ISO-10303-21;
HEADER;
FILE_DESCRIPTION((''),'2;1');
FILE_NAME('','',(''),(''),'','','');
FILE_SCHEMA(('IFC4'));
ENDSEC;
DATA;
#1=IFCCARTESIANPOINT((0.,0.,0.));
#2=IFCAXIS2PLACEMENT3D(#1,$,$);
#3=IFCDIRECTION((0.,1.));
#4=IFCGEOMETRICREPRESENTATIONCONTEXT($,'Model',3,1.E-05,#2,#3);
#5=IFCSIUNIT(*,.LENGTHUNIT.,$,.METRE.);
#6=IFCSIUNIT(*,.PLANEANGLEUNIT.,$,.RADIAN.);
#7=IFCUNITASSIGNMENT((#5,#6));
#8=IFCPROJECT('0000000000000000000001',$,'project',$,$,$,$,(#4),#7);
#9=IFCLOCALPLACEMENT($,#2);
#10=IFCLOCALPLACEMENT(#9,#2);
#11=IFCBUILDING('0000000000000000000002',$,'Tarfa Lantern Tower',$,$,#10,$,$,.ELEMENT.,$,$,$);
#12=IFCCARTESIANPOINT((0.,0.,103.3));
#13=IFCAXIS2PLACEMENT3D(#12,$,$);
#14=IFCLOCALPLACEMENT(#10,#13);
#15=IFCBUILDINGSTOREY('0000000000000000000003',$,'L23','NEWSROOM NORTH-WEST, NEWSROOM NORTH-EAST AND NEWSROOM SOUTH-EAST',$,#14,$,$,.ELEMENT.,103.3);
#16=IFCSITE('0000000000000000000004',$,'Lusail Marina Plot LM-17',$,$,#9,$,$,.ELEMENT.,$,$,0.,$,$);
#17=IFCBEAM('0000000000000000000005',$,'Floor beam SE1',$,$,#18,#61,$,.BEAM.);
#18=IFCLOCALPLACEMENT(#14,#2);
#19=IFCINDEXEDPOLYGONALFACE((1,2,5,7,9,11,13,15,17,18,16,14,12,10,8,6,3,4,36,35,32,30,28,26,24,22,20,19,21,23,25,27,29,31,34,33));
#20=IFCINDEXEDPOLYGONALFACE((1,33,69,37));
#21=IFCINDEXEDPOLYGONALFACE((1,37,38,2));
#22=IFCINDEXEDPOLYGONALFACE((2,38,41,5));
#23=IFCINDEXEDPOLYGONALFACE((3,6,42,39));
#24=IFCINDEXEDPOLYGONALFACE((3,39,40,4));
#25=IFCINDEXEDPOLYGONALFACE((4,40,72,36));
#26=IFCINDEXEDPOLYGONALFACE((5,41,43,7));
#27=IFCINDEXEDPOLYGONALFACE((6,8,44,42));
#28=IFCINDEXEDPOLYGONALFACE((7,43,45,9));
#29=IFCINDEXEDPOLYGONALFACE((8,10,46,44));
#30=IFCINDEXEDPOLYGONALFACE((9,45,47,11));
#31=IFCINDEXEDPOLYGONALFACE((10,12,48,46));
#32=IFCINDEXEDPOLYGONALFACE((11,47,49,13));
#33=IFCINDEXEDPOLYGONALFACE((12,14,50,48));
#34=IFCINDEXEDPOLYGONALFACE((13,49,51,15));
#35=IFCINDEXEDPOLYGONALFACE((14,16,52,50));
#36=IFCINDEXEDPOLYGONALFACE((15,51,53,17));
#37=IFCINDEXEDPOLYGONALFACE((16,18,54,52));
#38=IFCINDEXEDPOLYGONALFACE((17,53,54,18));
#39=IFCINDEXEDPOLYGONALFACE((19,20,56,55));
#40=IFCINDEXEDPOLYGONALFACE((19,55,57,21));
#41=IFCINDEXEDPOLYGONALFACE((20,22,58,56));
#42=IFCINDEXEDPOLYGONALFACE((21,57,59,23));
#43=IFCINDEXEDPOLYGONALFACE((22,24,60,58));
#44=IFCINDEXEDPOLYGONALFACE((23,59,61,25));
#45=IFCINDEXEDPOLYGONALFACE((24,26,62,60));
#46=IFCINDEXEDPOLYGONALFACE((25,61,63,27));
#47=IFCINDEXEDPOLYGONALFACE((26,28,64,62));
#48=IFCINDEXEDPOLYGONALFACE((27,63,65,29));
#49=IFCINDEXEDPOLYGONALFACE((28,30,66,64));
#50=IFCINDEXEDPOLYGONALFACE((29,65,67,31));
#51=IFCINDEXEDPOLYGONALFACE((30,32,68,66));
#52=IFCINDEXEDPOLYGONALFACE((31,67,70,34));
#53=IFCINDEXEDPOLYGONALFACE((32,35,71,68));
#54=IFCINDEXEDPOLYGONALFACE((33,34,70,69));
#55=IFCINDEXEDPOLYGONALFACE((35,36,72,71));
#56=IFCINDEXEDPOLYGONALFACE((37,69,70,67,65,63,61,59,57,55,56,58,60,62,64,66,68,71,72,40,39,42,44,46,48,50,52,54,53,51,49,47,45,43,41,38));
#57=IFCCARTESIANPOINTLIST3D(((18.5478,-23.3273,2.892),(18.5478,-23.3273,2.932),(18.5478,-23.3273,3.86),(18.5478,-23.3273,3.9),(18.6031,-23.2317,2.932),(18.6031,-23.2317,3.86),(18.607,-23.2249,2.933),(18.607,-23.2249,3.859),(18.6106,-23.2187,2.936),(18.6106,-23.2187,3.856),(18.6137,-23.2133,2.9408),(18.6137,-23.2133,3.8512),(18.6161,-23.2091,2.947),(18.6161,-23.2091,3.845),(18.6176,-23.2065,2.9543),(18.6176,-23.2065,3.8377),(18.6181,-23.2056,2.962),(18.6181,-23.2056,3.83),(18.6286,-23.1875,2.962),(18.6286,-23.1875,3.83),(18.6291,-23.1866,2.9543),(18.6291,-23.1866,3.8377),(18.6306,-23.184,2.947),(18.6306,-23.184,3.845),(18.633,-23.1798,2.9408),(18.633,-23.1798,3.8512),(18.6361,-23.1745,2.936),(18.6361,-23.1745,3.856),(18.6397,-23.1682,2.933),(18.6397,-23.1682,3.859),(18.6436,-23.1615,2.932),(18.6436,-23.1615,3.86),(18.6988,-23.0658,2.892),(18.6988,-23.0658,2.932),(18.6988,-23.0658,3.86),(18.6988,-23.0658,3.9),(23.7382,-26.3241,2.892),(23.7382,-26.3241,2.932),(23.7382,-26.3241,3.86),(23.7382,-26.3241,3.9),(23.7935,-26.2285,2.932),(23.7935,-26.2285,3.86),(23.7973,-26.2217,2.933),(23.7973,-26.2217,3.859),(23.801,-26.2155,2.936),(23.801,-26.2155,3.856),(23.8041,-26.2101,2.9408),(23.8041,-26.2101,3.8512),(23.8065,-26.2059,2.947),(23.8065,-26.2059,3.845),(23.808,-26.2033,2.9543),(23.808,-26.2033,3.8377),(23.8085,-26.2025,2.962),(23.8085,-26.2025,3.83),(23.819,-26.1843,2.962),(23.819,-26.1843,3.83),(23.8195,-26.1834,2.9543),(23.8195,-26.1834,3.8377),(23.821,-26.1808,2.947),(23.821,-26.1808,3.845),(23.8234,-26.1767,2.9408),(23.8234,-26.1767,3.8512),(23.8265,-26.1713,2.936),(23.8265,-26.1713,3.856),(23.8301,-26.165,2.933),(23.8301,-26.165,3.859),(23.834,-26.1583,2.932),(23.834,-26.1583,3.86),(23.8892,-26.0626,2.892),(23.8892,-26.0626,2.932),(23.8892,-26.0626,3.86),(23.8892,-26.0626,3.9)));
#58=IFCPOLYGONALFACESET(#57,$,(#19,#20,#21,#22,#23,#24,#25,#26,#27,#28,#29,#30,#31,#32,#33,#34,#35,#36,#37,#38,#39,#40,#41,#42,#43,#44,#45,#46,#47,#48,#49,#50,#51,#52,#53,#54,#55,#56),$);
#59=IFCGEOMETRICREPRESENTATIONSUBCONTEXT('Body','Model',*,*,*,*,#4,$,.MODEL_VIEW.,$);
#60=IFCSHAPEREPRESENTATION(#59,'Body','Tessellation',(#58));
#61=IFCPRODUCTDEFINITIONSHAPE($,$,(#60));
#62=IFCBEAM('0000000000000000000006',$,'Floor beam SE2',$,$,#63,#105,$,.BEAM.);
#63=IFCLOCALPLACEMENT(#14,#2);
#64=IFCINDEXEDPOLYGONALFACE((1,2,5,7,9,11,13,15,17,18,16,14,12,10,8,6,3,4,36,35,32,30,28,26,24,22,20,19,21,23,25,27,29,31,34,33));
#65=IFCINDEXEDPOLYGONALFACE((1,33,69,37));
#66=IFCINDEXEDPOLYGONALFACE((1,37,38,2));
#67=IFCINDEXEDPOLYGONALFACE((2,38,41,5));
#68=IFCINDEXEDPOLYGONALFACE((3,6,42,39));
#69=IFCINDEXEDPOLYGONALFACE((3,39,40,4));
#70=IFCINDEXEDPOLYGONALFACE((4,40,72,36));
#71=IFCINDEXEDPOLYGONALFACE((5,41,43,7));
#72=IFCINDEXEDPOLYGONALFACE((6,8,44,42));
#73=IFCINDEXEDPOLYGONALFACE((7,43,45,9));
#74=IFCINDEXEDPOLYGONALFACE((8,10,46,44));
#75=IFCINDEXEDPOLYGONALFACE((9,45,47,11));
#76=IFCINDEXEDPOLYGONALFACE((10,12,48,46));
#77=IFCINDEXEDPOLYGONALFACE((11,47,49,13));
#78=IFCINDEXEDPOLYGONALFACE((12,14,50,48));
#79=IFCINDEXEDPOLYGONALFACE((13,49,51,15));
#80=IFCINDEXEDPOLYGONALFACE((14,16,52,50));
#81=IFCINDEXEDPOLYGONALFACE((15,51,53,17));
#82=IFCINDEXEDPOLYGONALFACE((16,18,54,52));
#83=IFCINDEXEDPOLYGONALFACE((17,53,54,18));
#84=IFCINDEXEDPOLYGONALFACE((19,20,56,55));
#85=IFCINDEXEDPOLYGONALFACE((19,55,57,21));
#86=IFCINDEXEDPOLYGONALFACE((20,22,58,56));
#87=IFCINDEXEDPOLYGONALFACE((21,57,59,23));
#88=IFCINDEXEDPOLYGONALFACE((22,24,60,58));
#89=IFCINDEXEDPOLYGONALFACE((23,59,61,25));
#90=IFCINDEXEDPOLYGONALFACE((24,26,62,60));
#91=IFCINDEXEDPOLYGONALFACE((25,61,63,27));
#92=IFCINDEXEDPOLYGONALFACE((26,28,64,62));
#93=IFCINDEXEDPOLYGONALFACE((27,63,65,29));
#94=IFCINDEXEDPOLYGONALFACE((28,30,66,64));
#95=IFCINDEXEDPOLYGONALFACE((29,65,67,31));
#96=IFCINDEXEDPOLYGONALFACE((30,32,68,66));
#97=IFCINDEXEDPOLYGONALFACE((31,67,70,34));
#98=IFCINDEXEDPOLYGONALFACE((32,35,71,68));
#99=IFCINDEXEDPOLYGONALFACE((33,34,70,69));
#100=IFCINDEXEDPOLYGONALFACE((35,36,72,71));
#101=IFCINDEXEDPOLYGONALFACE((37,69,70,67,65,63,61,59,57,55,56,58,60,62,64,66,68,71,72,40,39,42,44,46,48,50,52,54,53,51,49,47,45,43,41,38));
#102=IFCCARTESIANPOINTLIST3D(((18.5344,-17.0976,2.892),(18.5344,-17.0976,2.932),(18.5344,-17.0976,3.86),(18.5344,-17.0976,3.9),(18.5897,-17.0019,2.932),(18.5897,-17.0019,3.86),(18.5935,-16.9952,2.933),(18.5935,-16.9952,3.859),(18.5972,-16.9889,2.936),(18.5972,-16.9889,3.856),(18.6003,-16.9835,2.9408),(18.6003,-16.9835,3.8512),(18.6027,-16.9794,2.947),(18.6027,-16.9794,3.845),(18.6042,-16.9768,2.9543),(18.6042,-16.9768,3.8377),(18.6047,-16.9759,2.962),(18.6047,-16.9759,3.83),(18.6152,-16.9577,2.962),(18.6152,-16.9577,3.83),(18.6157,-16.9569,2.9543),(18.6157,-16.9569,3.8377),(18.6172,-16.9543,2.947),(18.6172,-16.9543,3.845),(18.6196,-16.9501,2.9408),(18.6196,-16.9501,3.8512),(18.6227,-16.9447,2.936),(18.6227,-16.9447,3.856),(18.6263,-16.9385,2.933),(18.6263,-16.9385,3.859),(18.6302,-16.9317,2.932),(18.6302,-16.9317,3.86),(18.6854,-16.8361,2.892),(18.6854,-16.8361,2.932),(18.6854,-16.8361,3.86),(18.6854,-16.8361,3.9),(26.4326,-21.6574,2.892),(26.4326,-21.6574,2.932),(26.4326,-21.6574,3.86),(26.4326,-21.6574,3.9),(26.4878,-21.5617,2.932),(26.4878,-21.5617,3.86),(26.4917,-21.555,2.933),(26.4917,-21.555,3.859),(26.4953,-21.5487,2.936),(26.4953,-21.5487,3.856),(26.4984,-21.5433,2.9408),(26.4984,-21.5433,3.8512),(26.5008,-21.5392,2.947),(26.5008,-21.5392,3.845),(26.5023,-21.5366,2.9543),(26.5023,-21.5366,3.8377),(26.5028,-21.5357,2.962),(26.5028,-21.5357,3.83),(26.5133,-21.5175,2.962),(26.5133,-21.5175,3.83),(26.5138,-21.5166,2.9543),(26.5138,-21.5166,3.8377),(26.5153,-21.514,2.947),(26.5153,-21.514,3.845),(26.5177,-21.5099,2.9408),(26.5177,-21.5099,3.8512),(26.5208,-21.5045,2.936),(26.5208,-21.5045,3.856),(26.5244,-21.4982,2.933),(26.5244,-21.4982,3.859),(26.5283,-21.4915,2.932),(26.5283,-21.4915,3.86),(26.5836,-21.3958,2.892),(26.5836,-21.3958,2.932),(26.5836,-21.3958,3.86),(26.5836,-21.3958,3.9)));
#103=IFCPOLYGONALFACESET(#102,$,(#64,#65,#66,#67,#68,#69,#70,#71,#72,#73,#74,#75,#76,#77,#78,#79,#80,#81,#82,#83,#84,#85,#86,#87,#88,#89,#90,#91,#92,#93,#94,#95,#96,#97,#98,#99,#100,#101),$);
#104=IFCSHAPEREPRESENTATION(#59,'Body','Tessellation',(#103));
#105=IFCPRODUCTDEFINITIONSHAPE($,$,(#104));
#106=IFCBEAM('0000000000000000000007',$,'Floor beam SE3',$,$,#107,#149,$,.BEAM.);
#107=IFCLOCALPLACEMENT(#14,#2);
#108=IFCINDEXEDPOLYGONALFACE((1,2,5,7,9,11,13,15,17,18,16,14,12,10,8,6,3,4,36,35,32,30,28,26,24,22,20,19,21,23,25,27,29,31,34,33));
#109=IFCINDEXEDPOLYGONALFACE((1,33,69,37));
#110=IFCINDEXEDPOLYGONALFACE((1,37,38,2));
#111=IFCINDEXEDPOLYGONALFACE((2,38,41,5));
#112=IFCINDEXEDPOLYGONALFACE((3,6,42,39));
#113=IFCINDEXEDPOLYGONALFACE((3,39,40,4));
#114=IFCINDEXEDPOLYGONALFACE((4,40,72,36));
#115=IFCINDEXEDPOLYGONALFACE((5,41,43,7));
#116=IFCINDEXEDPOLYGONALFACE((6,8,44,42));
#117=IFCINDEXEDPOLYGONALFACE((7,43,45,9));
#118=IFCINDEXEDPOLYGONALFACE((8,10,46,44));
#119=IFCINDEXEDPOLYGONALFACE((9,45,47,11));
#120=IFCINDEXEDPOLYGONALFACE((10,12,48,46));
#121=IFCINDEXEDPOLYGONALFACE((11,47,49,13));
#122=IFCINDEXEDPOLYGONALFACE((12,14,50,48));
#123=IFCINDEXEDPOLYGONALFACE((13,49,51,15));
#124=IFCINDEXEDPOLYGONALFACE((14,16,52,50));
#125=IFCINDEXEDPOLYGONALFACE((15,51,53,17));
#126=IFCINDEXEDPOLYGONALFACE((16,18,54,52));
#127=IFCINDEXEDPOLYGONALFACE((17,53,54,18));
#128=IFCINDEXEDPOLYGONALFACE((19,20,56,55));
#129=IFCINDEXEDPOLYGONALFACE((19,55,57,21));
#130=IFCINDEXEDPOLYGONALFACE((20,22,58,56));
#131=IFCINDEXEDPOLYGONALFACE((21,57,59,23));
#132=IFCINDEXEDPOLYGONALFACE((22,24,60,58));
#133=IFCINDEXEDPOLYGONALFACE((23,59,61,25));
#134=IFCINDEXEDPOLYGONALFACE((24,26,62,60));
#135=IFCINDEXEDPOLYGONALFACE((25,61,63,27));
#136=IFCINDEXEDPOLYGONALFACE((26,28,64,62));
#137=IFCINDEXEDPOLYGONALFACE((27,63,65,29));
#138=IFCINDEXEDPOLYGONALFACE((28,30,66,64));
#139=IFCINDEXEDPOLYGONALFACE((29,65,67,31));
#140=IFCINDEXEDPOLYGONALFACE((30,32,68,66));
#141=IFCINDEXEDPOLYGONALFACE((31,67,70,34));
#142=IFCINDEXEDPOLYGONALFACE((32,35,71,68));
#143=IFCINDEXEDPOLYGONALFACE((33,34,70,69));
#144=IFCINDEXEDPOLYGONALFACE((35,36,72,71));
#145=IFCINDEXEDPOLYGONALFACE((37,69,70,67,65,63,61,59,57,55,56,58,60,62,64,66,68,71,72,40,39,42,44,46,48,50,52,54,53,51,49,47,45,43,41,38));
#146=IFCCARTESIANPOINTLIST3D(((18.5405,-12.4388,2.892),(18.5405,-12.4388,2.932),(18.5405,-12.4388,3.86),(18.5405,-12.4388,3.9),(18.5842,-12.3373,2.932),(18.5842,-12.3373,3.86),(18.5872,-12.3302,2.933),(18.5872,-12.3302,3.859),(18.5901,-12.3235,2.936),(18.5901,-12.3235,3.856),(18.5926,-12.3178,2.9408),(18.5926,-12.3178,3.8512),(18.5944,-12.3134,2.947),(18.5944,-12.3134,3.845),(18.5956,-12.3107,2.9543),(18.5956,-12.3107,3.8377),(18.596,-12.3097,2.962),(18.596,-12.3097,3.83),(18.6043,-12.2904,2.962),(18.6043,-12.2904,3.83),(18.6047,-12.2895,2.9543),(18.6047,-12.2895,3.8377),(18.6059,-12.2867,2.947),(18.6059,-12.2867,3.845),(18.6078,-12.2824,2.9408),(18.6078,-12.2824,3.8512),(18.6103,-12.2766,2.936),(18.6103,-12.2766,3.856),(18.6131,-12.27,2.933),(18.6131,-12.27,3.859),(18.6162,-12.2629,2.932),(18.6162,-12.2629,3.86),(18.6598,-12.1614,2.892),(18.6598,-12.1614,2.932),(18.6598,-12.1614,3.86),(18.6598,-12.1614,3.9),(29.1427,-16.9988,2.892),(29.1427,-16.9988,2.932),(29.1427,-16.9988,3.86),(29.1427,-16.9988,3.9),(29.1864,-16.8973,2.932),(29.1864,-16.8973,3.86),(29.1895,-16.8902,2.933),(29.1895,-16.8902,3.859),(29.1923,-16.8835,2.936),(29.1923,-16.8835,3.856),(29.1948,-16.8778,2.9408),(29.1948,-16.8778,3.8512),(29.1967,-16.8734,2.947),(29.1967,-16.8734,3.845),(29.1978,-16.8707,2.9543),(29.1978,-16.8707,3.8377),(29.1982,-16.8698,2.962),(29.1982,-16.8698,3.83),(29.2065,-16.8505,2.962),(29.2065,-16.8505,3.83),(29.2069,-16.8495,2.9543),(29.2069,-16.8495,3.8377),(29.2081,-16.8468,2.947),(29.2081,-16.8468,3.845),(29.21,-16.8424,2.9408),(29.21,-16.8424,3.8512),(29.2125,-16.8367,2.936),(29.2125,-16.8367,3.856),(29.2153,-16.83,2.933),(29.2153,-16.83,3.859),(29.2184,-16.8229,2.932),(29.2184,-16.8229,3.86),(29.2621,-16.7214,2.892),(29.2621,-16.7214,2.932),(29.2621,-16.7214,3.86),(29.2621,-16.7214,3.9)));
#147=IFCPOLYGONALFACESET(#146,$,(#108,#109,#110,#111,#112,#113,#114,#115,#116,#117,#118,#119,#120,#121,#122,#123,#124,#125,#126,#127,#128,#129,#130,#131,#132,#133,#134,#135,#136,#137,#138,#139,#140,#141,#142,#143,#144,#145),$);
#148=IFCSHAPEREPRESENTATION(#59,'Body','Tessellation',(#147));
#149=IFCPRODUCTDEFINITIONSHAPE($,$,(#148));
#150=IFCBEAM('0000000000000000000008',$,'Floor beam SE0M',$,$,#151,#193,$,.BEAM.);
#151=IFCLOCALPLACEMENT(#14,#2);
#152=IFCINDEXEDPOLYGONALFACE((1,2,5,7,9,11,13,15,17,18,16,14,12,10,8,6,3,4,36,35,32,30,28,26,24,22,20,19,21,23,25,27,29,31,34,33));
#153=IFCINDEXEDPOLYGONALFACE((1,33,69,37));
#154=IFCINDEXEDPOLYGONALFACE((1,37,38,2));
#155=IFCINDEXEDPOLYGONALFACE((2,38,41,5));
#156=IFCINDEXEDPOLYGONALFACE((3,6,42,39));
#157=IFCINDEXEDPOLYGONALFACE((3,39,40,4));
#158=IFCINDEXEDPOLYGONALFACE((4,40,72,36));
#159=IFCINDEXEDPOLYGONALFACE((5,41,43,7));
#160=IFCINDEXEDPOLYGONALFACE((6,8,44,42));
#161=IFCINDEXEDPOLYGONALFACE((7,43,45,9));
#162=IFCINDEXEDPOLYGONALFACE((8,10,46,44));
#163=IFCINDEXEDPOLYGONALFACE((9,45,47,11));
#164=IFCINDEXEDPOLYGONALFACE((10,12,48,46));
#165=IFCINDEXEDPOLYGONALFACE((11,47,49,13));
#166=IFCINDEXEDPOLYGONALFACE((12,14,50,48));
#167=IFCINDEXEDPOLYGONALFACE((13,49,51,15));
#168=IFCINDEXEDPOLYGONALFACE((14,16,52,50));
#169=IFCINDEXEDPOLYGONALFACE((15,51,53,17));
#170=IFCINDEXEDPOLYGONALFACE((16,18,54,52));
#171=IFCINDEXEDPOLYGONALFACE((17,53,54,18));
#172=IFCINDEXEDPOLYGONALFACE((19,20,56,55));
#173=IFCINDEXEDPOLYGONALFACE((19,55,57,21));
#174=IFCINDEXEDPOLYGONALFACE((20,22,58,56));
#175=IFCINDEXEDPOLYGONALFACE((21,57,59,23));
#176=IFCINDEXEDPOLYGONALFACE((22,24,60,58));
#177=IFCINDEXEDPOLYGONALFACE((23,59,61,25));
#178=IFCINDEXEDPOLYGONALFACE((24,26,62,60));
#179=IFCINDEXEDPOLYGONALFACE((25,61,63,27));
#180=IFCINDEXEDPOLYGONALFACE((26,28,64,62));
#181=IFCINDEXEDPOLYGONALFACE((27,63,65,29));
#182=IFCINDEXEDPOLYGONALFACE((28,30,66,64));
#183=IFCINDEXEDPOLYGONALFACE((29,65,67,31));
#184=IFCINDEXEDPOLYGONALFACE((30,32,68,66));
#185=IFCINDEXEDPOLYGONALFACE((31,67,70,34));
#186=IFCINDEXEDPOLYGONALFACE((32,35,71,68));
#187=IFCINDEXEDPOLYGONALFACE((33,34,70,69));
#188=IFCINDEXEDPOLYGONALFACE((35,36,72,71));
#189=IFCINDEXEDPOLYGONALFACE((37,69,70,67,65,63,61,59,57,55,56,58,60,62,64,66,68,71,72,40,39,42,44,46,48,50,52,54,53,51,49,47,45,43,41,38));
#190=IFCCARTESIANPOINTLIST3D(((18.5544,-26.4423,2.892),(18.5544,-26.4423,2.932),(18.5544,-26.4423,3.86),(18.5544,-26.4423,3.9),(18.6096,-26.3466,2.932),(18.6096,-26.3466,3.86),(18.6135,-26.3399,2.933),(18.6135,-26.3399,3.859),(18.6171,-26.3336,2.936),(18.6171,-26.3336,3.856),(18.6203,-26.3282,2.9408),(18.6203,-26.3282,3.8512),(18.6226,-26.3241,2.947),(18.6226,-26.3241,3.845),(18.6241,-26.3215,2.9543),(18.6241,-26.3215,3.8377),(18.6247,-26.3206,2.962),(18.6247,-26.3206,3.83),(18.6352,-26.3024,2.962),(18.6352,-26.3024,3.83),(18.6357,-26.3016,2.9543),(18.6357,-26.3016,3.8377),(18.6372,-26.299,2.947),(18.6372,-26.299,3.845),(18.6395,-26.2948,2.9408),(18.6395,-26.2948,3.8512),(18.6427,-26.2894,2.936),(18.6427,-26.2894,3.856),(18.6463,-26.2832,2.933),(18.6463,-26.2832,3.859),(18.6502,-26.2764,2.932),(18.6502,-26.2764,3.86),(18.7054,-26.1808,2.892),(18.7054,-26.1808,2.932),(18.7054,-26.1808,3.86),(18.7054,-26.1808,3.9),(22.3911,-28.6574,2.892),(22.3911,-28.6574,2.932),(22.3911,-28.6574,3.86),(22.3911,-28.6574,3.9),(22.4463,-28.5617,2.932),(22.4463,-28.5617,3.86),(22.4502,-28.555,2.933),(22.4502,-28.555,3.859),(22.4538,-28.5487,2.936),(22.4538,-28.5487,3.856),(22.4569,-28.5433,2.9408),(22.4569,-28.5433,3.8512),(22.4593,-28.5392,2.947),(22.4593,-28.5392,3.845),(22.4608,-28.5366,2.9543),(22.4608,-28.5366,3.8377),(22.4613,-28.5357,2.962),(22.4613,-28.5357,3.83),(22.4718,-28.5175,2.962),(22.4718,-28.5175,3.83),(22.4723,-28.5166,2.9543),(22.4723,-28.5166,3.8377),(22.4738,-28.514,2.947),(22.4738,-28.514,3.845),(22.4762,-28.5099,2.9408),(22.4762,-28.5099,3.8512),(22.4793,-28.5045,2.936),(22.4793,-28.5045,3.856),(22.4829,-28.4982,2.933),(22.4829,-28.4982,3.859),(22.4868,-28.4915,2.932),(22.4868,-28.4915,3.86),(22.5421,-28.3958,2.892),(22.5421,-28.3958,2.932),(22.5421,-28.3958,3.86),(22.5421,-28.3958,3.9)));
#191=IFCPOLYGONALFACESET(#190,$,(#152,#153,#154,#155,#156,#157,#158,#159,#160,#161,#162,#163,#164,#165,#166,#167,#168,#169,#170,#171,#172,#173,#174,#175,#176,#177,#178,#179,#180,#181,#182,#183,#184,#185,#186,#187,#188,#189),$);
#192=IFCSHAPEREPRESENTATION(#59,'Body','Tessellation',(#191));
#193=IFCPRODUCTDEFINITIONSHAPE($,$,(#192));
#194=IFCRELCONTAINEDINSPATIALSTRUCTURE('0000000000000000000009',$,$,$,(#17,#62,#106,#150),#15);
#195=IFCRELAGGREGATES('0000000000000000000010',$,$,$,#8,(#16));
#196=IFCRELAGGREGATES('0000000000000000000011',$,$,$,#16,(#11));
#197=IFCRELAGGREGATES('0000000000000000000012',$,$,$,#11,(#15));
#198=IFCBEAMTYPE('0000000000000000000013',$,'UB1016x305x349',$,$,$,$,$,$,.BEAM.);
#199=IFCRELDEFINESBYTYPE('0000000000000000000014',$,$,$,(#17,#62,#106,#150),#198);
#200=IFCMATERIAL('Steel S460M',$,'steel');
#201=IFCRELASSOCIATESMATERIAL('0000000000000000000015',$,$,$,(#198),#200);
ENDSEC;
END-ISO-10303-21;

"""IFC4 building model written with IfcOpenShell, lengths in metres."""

from ifc_helpers import new_model, si_unit, direction, frame, origin, origin_2d, place, context, subcontext, project, spatial, i_section, extrude, material, material_profile, profile_set, type_object, element, save


model = new_model("IFC4")

# Units and contexts
model_context = context("Model", 3, precision=1e-05, world=origin(), true_north=direction((0.0, 1.0)))
body_context = subcontext(model_context, "Body", "Model", "MODEL_VIEW")
ifc_project = project(units=[si_unit("LENGTHUNIT", "METRE"), si_unit("PLANEANGLEUNIT", "RADIAN")], contexts=[model_context])

# Site, building, storey
site_placement = place(None, origin())
site = spatial("IfcSite", under=ifc_project, at=site_placement, Name="Lusail Marina Plot LM-17", CompositionType="ELEMENT", RefElevation=0.0)
building_placement = place(site_placement, origin())
building = spatial("IfcBuilding", under=site, at=building_placement, Name="Tarfa Lantern Tower", CompositionType="ELEMENT")
storey_placement = place(building_placement, frame((0.0, 0.0, 103.3)))
storey = spatial("IfcBuildingStorey", under=building, at=storey_placement, Name="L23", Description="NEWSROOM NORTH-WEST, NEWSROOM NORTH-EAST AND NEWSROOM SOUTH-EAST", CompositionType="ELEMENT", Elevation=103.3)

# Beams
ifc_material_1 = material(Name="Steel S460M", Category="steel")
ifc_material_profile_1 = material_profile(ifc_material_1, i_section(OverallWidth=0.302, OverallDepth=1.0081, WebThickness=0.021, FlangeThickness=0.04, FilletRadius=0.03, at=origin_2d()), Name="UB1016x305x349")
ifc_profile_set_1 = profile_set([ifc_material_profile_1], Name="Steel S460M")
beam_type_1 = type_object("IfcBeamType", Name="UB1016x305x349", PredefinedType="BEAM", material=ifc_profile_set_1)
beam_1_placement = place(storey_placement, frame((23.8137, -26.1934, 3.396), z_axis=(-0.866016, 0.500016, 0.0), x_axis=(-0.500016, -0.866016, 0.0)))
element("IfcBeam", 1, at=beam_1_placement, inside=storey, type_object=beam_type_1, Name="Floor beam SE1", PredefinedType="BEAM", context=body_context, shape_type="SweptSolid", body=[
    extrude(i_section(OverallWidth=0.302, OverallDepth=1.0081, WebThickness=0.021, FlangeThickness=0.04, FilletRadius=0.03, at=origin_2d()), origin(), (0.0, 0.0, 1.0), 5.9934),
])
beam_2_placement = place(storey_placement, frame((26.5081, -21.5266, 3.396), z_axis=(-0.866035, 0.499983, 0.0), x_axis=(-0.499983, -0.866035, 0.0)))
element("IfcBeam", 2, at=beam_2_placement, inside=storey, type_object=beam_type_1, Name="Floor beam SE2", PredefinedType="BEAM", context=body_context, shape_type="SweptSolid", body=[
    extrude(i_section(OverallWidth=0.302, OverallDepth=1.0081, WebThickness=0.021, FlangeThickness=0.04, FilletRadius=0.03, at=origin_2d()), origin(), (0.0, 0.0, 1.0), 9.1199),
])
beam_3_placement = place(storey_placement, frame((29.2024, -16.8601, 3.396), z_axis=(-0.918635, 0.395106, 0.0), x_axis=(-0.395106, -0.918635, 0.0)))
element("IfcBeam", 3, at=beam_3_placement, inside=storey, type_object=beam_type_1, Name="Floor beam SE3", PredefinedType="BEAM", context=body_context, shape_type="SweptSolid", body=[
    extrude(i_section(OverallWidth=0.302, OverallDepth=1.0081, WebThickness=0.021, FlangeThickness=0.04, FilletRadius=0.03, at=origin_2d()), origin(), (0.0, 0.0, 1.0), 11.5413),
])
beam_4_placement = place(storey_placement, frame((22.4666, -28.5266, 3.396), z_axis=(-0.866027, 0.499998, 0.0), x_axis=(-0.499998, -0.866027, 0.0)))
element("IfcBeam", 4, at=beam_4_placement, inside=storey, type_object=beam_type_1, Name="Floor beam SE0M", PredefinedType="BEAM", context=body_context, shape_type="SweptSolid", body=[
    extrude(i_section(OverallWidth=0.302, OverallDepth=1.0081, WebThickness=0.021, FlangeThickness=0.04, FilletRadius=0.03, at=origin_2d()), origin(), (0.0, 0.0, 1.0), 4.4302),
])

save(model, "model.ifc")
